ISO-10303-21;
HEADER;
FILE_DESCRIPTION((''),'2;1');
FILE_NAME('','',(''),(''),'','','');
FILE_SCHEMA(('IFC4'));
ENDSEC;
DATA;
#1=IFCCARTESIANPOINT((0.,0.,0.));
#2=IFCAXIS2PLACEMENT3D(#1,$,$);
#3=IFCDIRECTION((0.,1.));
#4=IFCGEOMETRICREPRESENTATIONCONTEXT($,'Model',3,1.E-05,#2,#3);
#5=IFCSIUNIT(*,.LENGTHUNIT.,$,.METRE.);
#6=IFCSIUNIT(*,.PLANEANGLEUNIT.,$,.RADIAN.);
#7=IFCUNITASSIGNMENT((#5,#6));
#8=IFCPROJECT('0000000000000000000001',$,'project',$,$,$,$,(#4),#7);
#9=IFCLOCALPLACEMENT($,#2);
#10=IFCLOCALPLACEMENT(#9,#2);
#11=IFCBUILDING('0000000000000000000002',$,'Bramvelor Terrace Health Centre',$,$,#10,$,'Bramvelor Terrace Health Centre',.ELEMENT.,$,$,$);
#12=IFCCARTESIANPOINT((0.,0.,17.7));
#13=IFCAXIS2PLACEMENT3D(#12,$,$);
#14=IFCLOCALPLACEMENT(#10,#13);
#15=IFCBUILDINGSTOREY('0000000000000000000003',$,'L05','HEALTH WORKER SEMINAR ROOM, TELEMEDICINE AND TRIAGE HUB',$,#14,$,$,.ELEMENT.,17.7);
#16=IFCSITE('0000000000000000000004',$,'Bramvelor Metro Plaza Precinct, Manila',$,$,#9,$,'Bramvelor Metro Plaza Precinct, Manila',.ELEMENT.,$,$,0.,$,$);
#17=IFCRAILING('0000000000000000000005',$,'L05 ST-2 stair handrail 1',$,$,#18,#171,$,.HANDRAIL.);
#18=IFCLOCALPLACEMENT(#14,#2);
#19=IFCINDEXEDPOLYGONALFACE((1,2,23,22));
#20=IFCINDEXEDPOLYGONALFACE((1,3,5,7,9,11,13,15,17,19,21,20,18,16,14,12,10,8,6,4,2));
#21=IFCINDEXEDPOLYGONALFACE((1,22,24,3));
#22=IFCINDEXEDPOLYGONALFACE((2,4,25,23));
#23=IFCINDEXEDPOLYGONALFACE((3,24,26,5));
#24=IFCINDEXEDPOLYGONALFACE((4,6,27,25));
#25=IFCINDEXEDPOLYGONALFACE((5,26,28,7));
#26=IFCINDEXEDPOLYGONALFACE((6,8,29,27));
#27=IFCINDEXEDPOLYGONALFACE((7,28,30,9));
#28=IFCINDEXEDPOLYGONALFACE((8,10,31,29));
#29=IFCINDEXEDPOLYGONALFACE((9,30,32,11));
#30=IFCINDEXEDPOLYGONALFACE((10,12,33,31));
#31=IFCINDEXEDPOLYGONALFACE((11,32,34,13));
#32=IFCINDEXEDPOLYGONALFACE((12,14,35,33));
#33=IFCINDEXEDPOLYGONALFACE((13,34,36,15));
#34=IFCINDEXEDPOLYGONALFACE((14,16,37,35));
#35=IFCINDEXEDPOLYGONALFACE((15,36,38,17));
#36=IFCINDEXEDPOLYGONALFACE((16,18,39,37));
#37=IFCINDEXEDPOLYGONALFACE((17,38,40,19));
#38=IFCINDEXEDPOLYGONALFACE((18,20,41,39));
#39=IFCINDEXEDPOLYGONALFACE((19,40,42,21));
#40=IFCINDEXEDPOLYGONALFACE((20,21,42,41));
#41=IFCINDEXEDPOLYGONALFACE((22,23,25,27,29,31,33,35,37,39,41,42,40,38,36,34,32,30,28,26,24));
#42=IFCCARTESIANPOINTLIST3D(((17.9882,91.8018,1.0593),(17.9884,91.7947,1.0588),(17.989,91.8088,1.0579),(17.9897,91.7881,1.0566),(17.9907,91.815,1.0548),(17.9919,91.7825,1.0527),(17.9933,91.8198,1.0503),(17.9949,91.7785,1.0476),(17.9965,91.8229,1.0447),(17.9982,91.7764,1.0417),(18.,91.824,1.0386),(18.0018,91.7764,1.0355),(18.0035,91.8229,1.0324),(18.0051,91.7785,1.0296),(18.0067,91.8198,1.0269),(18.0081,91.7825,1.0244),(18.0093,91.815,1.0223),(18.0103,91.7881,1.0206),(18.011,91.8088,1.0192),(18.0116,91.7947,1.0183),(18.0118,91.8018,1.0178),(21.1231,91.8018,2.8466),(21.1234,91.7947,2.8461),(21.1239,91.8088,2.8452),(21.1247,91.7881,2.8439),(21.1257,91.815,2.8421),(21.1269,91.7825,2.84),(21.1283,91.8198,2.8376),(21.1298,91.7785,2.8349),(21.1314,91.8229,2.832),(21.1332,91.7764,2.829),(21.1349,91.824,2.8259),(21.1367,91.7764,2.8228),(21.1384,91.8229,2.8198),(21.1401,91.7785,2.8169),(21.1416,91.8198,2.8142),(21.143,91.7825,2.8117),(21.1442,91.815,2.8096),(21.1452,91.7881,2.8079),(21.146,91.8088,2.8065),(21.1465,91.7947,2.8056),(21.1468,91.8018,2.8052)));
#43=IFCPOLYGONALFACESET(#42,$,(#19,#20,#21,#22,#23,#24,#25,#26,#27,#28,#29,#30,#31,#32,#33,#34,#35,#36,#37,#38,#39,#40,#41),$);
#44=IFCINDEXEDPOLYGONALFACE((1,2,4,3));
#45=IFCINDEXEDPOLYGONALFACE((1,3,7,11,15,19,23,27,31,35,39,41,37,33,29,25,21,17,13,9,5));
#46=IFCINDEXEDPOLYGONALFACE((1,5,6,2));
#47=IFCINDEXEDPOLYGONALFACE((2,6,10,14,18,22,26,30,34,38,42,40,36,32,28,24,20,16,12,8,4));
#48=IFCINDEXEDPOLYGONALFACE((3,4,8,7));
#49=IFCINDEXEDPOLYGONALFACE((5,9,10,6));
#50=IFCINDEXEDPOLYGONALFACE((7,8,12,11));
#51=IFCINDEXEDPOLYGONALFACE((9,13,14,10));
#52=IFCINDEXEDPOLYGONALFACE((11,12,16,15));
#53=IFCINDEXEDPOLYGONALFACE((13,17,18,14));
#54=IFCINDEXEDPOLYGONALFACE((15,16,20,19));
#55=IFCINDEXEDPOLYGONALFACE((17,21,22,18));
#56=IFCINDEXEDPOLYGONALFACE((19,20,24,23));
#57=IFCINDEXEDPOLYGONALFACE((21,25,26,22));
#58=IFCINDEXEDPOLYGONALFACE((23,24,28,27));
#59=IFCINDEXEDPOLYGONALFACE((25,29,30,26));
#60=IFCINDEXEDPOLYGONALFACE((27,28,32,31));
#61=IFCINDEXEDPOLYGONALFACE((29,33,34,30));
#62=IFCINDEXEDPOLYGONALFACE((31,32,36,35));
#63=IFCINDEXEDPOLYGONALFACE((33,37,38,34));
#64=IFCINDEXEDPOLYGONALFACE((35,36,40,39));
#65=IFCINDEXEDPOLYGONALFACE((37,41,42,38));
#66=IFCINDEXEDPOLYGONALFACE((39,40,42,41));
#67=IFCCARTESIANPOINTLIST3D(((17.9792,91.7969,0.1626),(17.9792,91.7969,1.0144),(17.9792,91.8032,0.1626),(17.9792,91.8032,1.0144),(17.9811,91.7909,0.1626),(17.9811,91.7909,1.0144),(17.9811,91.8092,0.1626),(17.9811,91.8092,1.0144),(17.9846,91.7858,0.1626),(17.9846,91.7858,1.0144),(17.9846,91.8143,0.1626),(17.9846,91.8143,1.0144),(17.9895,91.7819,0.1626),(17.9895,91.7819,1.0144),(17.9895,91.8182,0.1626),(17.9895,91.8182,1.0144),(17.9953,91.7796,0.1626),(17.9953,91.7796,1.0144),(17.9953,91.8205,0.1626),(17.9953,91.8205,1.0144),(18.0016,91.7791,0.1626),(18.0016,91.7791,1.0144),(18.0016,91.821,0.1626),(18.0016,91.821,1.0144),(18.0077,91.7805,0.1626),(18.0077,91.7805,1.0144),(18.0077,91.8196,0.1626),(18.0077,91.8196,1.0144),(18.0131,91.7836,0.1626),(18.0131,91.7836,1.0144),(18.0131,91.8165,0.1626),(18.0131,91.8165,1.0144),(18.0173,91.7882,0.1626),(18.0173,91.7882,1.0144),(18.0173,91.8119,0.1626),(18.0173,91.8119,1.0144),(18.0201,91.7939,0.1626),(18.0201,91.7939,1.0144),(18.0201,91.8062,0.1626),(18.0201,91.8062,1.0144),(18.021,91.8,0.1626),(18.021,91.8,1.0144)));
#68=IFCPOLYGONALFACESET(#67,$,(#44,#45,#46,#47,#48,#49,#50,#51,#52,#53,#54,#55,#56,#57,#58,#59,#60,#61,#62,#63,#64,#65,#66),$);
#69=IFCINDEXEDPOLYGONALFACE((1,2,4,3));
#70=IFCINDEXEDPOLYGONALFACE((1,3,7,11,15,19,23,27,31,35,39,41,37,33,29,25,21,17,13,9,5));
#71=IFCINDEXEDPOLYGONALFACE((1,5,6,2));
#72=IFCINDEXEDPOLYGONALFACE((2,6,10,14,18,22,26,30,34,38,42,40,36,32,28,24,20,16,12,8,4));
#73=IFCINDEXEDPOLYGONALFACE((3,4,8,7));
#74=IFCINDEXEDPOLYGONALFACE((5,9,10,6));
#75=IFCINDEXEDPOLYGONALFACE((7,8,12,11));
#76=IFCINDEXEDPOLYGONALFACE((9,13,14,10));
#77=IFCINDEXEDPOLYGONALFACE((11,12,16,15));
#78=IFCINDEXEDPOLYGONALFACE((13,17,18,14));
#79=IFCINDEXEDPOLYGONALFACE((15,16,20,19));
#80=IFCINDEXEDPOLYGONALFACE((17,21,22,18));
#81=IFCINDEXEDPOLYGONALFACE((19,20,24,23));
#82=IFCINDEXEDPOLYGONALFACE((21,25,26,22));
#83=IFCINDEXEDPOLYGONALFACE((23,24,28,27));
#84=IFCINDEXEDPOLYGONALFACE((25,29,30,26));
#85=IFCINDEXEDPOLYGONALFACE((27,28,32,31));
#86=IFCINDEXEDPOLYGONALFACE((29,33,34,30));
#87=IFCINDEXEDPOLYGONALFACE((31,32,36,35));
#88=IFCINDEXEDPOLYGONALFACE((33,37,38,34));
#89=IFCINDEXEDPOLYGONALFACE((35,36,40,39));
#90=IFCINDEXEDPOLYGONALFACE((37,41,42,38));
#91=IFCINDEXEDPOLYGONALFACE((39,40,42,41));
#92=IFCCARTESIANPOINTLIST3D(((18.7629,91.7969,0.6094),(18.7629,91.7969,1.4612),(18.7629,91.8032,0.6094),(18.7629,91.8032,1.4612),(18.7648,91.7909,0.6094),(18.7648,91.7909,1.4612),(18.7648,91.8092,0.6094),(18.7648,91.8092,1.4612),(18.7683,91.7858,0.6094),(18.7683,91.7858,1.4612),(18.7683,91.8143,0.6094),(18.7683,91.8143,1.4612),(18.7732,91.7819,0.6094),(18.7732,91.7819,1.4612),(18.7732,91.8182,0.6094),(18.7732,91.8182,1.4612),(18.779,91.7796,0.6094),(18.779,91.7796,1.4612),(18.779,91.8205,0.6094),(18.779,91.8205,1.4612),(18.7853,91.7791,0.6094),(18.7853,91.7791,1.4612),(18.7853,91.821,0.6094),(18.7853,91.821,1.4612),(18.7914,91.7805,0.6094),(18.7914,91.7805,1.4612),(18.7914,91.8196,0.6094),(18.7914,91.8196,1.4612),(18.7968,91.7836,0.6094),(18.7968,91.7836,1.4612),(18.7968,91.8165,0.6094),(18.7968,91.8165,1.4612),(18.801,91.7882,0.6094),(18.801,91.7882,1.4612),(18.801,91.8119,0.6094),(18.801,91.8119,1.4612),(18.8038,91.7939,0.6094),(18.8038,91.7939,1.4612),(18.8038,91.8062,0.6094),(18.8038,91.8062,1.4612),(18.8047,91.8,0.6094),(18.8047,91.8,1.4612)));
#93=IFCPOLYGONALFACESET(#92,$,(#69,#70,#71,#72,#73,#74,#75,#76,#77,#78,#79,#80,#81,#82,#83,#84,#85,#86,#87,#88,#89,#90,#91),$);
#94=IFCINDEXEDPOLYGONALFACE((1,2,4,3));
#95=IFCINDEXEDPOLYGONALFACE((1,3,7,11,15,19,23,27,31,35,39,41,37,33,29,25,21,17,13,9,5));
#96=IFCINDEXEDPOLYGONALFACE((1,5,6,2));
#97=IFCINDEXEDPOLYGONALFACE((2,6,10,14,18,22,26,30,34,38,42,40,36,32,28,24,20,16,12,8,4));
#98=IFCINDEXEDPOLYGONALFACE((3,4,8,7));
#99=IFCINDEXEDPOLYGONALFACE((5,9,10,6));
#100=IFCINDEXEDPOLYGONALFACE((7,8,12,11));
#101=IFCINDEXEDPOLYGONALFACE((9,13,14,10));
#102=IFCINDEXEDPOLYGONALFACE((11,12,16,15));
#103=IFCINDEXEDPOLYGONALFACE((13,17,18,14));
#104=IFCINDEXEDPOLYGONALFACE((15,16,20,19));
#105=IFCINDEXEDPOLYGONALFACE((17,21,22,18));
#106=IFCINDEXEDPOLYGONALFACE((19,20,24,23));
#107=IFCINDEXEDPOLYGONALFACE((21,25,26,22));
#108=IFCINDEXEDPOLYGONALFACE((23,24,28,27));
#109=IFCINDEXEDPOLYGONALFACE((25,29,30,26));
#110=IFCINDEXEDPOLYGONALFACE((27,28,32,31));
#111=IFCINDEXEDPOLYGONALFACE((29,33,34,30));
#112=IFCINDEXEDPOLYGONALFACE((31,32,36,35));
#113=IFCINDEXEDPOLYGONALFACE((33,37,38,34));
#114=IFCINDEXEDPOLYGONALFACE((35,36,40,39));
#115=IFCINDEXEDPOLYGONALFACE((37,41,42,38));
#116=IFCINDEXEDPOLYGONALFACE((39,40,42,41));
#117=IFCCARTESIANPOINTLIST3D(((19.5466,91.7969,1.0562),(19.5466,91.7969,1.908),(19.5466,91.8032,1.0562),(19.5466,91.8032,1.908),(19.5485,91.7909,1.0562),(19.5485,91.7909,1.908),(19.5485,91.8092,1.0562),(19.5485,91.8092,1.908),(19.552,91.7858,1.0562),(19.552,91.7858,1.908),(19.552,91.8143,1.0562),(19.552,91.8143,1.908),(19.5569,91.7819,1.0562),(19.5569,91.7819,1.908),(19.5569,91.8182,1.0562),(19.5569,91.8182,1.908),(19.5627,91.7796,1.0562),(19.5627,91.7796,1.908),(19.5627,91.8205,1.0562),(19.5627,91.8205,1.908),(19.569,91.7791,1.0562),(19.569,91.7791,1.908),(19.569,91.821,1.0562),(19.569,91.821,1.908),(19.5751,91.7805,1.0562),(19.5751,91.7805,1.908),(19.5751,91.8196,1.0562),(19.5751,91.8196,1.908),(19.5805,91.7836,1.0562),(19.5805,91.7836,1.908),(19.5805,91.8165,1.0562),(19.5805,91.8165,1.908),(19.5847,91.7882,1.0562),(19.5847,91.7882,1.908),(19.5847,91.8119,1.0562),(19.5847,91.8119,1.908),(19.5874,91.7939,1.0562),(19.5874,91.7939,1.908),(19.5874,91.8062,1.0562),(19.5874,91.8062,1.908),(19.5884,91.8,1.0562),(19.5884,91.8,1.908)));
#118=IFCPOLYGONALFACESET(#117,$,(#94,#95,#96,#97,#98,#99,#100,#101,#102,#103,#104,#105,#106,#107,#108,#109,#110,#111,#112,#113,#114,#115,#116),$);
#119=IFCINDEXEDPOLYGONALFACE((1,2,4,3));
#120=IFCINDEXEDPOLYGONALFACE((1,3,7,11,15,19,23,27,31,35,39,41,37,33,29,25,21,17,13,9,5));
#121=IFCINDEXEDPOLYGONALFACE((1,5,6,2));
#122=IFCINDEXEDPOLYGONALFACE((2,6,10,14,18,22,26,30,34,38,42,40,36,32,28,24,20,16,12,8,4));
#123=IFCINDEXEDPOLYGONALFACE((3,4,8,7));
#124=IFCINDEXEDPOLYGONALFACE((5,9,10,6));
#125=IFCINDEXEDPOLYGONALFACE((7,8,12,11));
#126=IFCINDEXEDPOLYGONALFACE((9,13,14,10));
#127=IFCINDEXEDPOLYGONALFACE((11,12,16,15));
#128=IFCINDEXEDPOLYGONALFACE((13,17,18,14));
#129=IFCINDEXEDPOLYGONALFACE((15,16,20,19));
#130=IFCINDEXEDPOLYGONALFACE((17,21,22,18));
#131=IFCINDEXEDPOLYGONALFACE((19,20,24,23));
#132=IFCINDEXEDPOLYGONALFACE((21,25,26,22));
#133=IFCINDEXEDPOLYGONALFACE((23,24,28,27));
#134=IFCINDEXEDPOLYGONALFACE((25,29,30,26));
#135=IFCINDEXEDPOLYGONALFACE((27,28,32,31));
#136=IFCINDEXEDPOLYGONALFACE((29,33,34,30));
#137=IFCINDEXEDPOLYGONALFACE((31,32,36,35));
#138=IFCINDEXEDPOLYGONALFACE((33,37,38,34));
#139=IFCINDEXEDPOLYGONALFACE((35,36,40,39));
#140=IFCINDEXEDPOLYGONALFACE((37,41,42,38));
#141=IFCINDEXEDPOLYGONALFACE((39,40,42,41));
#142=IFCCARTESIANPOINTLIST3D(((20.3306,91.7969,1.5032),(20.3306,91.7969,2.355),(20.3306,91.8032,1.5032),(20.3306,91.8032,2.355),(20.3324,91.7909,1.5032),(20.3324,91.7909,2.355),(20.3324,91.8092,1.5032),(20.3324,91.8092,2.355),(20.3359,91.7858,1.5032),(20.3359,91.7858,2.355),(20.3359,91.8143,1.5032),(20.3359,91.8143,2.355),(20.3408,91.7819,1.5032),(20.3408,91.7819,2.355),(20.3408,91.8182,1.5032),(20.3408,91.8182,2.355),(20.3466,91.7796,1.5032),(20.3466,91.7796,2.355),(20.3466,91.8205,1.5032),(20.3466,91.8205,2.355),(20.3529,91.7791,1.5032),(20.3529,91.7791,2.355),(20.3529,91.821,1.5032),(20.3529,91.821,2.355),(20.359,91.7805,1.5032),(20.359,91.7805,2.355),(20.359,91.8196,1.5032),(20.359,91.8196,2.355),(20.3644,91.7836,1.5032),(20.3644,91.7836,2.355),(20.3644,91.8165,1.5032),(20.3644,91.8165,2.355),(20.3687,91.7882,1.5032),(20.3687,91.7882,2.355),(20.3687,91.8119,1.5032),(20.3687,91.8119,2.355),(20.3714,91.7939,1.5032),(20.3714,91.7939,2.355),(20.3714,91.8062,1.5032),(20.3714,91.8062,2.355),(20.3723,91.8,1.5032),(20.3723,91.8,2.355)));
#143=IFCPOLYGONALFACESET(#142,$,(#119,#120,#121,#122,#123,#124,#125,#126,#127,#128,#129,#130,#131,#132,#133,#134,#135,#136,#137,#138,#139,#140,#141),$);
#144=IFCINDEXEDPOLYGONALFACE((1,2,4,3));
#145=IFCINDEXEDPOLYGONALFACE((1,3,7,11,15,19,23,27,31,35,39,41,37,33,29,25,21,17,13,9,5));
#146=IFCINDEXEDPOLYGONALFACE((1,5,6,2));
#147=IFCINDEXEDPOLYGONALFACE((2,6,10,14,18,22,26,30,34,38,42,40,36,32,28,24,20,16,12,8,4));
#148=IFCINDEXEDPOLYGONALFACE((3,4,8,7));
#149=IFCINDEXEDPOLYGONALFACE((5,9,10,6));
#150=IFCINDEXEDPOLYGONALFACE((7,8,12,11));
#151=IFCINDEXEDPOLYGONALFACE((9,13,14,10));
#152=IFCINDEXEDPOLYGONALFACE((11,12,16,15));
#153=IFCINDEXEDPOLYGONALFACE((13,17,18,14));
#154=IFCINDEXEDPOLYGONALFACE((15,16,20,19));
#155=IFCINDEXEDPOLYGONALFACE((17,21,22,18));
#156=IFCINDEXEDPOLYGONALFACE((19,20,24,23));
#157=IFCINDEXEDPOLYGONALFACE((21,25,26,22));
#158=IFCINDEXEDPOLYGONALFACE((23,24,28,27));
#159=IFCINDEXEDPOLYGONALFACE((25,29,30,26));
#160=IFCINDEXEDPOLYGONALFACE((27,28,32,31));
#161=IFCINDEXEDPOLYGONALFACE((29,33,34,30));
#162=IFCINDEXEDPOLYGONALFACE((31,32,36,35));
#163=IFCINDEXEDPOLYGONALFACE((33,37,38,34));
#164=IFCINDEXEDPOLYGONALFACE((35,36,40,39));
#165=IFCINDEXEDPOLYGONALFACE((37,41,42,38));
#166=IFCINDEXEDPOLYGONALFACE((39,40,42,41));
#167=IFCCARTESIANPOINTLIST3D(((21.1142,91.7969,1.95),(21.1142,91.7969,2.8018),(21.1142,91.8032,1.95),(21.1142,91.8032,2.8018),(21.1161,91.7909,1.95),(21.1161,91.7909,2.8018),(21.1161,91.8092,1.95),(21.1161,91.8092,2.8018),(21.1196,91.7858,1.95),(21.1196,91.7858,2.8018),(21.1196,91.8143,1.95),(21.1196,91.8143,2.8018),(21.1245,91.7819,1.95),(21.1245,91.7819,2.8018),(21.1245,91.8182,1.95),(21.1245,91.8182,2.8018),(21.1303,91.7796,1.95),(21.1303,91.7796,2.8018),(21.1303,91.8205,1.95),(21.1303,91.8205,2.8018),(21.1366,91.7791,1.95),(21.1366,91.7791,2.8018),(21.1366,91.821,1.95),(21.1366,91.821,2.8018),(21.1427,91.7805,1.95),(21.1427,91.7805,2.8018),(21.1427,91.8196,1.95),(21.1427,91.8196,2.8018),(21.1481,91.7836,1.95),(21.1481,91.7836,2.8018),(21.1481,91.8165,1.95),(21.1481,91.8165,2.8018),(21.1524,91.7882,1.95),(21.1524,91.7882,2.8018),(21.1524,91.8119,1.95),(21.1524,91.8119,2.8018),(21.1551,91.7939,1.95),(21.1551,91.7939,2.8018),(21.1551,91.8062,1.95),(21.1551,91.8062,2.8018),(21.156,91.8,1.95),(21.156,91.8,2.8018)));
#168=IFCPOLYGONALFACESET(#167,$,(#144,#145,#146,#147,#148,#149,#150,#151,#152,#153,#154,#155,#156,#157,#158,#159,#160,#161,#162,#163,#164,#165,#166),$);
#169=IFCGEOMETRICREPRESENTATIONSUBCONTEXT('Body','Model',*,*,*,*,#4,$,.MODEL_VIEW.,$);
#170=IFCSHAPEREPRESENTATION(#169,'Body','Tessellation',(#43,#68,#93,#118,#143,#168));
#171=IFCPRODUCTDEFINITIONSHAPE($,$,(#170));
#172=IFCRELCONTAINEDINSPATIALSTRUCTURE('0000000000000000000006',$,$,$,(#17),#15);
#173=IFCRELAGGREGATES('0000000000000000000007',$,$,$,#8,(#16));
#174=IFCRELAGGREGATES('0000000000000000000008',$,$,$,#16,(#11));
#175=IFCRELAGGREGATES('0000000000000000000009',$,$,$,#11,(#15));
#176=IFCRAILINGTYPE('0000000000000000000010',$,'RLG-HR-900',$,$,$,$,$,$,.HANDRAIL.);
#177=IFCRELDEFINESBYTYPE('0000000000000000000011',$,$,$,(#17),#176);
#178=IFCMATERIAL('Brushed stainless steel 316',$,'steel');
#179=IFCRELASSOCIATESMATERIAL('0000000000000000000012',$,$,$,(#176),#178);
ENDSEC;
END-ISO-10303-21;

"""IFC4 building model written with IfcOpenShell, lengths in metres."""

from ifc_helpers import new_model, si_unit, direction, frame, origin, origin_2d, place, context, subcontext, project, spatial, circle, extrude, material, type_object, element, save


model = new_model("IFC4")

# Units and contexts
model_context = context("Model", 3, precision=1e-05, world=origin(), true_north=direction((0.0, 1.0)))
body_context = subcontext(model_context, "Body", "Model", "MODEL_VIEW")
ifc_project = project(units=[si_unit("LENGTHUNIT", "METRE"), si_unit("PLANEANGLEUNIT", "RADIAN")], contexts=[model_context])

# Site, building, storey
site_placement = place(None, origin())
site = spatial("IfcSite", under=ifc_project, at=site_placement, Name="Bramvelor Metro Plaza Precinct, Manila", LongName="Bramvelor Metro Plaza Precinct, Manila", CompositionType="ELEMENT", RefElevation=0.0)
building_placement = place(site_placement, origin())
building = spatial("IfcBuilding", under=site, at=building_placement, Name="Bramvelor Terrace Health Centre", LongName="Bramvelor Terrace Health Centre", CompositionType="ELEMENT")
storey_placement = place(building_placement, frame((0.0, 0.0, 17.7)))
storey = spatial("IfcBuildingStorey", under=building, at=storey_placement, Name="L05", Description="HEALTH WORKER SEMINAR ROOM, TELEMEDICINE AND TRIAGE HUB", CompositionType="ELEMENT", Elevation=17.7)

# Railing
ifc_material_1 = material(Name="Brushed stainless steel 316", Category="steel")
railing_type_1 = type_object("IfcRailingType", Name="RLG-HR-900", PredefinedType="HANDRAIL", material=ifc_material_1)
railing_1_placement = place(storey_placement, frame((18.0, 91.8, 0.1626)))
element("IfcRailing", 1, at=railing_1_placement, inside=storey, type_object=railing_type_1, Name="L05 ST-2 stair handrail 1", PredefinedType="HANDRAIL", context=body_context, shape_type="SweptSolid", body=[
    extrude(circle(Radius=0.0239, at=origin_2d()), frame((0.0, 0.0, 0.876), z_axis=(0.86873, 0.0, 0.495286), x_axis=(0.0, 1.0, 0.0)), (0.0, 0.0, 1.0), 3.6086),
    extrude(circle(Radius=0.021, at=origin_2d()), origin(), (0.0, 0.0, 1.0), 0.8518),
    extrude(circle(Radius=0.021, at=origin_2d()), frame((0.7837, 0.0, 0.4468)), (0.0, 0.0, 1.0), 0.8518),
    extrude(circle(Radius=0.021, at=origin_2d()), frame((1.5674, 0.0, 0.8936)), (0.0, 0.0, 1.0), 0.8518),
    extrude(circle(Radius=0.021, at=origin_2d()), frame((2.3513, 0.0, 1.3406)), (0.0, 0.0, 1.0), 0.8518),
    extrude(circle(Radius=0.021, at=origin_2d()), frame((3.135, 0.0, 1.7874)), (0.0, 0.0, 1.0), 0.8518),
])

save(model, "model.ifc")
